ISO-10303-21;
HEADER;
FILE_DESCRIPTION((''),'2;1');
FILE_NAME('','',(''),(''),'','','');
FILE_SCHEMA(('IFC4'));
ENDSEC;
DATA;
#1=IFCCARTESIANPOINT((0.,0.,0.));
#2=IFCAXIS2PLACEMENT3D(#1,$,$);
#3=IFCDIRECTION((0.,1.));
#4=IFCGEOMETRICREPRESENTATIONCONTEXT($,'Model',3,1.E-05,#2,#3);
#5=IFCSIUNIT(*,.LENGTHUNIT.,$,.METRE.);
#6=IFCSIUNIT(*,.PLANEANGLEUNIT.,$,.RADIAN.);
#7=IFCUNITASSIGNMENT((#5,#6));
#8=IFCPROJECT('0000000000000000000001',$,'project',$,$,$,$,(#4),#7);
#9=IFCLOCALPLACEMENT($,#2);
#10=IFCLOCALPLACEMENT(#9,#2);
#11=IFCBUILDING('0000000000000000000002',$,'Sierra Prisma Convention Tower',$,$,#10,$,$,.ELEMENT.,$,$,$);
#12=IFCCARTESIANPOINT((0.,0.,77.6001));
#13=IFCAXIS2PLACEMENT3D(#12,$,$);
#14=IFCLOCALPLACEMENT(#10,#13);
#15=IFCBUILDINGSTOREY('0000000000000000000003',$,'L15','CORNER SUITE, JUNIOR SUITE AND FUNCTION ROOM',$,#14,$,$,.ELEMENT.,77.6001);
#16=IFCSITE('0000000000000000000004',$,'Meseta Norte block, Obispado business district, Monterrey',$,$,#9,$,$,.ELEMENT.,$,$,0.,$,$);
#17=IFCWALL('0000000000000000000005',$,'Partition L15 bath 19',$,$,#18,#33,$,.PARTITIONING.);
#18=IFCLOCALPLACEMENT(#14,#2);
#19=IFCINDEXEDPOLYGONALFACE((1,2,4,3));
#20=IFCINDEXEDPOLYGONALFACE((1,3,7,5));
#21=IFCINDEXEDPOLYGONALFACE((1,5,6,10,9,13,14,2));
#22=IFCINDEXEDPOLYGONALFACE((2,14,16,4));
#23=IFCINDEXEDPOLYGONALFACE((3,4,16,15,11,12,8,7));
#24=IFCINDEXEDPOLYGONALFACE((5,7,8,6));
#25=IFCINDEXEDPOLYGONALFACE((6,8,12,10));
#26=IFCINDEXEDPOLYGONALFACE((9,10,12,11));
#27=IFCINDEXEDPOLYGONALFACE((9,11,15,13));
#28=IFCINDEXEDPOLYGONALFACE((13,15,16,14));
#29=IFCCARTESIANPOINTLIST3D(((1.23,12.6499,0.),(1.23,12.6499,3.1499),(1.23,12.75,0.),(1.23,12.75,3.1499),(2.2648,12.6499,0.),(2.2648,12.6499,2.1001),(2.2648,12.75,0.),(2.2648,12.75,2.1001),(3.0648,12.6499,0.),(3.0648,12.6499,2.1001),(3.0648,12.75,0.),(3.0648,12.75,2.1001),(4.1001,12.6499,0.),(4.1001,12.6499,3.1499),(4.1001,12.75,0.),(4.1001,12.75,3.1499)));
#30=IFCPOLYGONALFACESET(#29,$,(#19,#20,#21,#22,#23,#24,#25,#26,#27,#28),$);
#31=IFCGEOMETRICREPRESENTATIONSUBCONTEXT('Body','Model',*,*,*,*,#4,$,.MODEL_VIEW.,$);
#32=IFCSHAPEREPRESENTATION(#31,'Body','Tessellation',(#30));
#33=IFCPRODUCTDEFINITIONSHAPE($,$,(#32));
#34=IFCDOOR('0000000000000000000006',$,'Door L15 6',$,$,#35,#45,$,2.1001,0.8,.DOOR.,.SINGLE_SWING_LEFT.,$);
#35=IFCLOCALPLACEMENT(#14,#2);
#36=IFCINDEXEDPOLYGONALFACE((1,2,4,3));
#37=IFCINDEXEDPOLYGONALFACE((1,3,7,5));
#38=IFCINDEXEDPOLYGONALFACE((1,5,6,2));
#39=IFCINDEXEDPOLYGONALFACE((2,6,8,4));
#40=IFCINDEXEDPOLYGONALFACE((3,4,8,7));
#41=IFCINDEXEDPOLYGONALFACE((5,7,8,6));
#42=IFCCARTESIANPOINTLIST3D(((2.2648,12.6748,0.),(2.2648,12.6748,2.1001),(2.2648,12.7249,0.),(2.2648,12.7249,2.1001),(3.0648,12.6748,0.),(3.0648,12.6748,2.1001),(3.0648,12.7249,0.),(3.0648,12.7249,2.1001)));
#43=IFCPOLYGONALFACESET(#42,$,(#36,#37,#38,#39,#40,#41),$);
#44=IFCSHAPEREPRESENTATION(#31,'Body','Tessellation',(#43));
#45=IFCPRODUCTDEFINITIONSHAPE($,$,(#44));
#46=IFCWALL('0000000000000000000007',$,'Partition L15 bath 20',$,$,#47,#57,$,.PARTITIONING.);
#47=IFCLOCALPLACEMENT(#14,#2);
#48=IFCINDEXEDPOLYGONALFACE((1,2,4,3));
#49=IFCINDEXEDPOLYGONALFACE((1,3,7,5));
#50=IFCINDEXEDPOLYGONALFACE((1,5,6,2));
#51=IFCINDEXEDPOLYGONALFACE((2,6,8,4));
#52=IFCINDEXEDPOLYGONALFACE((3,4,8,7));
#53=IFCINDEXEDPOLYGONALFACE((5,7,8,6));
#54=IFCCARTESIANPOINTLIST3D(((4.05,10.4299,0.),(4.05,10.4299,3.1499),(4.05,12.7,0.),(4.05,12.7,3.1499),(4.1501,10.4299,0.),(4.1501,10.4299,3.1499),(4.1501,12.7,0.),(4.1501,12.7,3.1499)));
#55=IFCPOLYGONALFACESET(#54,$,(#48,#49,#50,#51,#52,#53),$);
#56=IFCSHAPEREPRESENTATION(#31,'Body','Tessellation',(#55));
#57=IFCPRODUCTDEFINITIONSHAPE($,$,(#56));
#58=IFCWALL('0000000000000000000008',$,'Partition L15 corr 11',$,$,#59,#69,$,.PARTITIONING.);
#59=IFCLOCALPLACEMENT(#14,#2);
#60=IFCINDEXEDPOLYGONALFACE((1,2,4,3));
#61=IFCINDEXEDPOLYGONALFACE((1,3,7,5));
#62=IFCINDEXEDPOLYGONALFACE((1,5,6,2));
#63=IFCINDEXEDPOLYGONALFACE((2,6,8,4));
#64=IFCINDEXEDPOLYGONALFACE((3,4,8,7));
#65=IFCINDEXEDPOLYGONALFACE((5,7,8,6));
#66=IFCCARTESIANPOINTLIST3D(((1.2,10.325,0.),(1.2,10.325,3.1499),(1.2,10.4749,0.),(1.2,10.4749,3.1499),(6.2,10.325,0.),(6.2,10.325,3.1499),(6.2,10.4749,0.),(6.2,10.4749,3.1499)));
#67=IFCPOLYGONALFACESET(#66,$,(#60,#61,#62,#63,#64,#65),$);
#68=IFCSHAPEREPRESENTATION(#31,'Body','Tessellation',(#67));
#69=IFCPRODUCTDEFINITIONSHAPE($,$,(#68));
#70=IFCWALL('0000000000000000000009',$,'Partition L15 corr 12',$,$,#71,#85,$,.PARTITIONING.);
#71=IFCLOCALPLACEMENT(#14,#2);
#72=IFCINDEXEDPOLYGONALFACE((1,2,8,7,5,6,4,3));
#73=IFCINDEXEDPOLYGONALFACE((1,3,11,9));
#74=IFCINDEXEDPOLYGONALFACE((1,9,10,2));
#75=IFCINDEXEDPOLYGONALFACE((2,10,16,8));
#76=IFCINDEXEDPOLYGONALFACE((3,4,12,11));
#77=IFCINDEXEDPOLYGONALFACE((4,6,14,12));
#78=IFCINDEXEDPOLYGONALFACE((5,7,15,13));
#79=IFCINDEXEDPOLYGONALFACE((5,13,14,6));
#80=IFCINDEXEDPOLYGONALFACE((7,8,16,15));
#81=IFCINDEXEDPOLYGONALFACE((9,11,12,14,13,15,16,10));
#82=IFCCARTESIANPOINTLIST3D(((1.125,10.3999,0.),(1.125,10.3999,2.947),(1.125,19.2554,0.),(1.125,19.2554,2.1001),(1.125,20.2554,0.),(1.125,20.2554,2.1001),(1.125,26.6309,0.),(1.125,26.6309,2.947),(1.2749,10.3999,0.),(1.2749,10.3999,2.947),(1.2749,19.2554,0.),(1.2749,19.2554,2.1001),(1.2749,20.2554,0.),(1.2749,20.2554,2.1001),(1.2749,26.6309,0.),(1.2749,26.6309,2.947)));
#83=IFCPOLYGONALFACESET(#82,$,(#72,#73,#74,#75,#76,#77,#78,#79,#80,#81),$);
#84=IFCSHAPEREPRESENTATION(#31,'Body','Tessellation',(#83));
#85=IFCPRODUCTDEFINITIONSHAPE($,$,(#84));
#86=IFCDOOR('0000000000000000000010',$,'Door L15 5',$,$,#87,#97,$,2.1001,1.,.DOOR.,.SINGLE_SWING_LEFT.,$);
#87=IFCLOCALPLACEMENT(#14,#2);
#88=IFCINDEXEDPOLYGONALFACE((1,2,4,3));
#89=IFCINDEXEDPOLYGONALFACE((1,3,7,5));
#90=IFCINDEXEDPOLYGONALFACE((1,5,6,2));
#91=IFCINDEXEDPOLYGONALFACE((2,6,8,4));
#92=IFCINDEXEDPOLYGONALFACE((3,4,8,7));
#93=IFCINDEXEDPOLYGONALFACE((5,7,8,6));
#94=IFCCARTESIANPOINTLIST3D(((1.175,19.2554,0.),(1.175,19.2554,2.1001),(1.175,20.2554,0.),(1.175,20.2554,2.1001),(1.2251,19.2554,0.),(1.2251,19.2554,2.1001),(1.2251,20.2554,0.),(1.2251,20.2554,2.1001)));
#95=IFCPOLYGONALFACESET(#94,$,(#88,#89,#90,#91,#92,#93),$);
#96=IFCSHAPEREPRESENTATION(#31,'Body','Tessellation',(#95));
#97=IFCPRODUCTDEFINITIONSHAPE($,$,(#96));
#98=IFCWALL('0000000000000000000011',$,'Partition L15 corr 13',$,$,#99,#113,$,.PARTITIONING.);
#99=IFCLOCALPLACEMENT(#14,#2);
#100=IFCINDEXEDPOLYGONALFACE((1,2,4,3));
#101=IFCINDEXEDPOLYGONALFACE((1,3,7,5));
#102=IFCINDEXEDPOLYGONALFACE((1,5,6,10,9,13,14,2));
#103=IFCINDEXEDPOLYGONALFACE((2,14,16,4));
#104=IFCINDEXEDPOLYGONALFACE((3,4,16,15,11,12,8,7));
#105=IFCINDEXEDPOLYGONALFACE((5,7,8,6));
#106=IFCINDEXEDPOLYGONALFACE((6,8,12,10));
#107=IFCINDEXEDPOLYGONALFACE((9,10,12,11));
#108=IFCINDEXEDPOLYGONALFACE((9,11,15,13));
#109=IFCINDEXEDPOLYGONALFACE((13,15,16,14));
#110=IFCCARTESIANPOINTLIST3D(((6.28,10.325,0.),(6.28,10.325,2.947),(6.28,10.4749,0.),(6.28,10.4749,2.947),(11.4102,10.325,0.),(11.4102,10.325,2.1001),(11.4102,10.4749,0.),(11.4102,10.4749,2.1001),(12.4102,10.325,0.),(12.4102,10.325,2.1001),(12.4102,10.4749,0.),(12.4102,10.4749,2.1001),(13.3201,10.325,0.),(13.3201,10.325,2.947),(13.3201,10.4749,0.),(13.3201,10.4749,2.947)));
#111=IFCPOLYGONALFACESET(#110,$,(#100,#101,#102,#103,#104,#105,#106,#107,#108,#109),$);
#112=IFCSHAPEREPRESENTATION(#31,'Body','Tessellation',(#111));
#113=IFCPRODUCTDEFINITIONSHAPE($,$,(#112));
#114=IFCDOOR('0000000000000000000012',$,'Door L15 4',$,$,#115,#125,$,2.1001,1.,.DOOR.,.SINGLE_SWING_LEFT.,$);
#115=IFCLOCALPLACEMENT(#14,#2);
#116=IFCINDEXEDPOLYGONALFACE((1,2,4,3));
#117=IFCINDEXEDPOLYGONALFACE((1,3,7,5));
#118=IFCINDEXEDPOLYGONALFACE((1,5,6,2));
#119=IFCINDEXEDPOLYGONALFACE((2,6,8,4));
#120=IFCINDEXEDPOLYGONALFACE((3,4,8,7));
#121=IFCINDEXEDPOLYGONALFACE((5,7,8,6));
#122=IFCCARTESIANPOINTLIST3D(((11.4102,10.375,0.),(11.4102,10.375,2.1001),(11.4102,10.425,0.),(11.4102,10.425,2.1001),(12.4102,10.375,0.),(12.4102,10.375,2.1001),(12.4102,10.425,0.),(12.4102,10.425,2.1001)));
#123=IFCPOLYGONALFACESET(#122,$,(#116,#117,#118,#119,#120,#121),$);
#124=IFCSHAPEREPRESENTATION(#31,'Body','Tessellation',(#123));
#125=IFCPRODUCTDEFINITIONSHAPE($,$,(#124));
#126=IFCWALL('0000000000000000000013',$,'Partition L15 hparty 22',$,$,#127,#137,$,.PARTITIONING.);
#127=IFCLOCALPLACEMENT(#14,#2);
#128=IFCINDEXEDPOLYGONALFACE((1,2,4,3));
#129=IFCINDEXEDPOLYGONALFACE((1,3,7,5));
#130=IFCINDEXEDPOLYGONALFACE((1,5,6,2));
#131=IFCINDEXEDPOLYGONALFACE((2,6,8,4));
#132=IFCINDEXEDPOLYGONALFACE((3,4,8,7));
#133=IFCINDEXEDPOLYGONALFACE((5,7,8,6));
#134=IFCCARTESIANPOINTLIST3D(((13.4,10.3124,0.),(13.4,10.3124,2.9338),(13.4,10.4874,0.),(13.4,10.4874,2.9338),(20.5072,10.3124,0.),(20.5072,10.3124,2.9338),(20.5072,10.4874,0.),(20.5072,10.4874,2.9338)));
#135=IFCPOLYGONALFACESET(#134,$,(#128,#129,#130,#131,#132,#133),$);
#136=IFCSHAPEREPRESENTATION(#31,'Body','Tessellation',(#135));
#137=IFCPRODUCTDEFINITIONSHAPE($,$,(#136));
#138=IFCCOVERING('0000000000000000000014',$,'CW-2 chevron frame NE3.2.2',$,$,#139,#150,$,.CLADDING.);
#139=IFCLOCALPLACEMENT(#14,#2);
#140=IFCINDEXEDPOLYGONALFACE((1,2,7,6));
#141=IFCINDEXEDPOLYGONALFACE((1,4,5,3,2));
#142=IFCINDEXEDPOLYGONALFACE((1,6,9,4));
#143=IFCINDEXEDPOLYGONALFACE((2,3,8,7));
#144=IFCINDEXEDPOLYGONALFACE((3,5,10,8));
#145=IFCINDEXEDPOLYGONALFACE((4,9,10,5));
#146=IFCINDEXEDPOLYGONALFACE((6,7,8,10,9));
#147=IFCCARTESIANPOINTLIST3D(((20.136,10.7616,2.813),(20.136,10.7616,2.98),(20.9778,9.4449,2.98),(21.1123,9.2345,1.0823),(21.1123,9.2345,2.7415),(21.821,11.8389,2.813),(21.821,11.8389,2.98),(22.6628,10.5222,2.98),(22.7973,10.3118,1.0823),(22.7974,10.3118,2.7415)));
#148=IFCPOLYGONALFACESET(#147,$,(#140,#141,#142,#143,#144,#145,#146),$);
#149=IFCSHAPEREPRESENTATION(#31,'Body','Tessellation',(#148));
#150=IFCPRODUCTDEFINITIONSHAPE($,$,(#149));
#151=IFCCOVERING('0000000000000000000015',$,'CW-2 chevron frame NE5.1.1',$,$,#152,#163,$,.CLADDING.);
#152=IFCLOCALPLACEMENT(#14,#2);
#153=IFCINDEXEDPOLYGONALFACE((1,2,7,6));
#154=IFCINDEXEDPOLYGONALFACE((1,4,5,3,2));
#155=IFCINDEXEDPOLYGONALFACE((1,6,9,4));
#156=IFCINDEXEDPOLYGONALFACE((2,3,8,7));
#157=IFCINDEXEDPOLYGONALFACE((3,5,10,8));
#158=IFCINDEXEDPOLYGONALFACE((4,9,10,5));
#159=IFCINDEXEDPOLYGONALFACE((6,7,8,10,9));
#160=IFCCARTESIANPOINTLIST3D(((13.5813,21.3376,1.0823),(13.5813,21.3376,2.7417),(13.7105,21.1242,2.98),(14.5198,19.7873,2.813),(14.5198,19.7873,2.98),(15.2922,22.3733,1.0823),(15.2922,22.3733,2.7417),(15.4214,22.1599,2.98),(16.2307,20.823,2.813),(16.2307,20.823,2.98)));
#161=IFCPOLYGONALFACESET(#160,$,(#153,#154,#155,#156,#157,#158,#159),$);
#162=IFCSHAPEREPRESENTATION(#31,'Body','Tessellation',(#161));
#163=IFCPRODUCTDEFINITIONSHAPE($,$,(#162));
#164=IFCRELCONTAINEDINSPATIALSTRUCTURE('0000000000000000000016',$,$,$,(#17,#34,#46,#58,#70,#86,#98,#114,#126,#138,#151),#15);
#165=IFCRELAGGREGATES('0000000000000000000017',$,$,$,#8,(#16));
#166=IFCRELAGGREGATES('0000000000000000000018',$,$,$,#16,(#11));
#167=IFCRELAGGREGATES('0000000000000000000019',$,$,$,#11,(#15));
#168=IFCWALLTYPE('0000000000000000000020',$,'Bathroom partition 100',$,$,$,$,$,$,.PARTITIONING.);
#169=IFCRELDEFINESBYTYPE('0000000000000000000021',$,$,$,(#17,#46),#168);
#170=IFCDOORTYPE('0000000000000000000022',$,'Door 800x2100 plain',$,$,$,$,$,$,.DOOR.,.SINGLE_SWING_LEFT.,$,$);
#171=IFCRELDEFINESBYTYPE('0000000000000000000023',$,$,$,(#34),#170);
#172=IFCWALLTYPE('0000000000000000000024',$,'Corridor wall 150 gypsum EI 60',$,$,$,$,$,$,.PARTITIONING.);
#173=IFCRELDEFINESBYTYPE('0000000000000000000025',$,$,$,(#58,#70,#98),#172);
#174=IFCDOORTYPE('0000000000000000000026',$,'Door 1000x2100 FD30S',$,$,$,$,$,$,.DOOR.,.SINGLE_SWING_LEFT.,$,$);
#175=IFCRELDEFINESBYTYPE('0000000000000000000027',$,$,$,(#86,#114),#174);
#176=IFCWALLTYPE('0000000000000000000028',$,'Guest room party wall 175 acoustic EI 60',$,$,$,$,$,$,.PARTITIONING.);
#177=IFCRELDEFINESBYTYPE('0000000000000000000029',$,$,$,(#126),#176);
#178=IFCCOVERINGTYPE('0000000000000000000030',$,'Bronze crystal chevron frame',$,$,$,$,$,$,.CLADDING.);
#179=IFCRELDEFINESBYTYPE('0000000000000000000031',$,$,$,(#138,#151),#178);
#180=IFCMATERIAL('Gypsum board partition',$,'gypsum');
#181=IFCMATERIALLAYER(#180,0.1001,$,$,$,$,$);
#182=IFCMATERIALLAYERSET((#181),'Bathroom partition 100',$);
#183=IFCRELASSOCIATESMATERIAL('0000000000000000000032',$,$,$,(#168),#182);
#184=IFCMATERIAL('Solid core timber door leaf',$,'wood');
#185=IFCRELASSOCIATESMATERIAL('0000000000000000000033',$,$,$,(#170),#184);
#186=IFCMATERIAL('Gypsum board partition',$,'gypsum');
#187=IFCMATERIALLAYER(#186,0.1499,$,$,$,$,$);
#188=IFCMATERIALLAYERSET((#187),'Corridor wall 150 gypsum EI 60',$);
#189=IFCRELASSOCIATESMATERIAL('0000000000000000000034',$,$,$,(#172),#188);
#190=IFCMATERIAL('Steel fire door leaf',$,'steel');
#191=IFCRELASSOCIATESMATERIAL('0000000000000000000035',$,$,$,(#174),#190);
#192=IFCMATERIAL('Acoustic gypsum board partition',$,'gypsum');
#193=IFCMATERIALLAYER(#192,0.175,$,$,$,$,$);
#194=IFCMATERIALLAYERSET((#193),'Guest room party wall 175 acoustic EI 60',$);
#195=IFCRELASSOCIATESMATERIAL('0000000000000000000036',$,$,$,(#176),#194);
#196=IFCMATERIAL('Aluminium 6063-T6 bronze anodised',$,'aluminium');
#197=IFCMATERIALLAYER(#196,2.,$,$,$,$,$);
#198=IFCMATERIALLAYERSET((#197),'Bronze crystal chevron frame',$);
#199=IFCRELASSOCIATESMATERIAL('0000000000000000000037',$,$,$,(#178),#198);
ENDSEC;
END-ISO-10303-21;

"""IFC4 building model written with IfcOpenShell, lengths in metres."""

from ifc_helpers import new_model, si_unit, direction, frame, frame_2d, origin, place, context, subcontext, project, spatial, polyline, rectangle, outline, extrude, material, layer, layer_set, type_object, element, fill, save


model = new_model("IFC4")

# Units and contexts
model_context = context("Model", 3, precision=1e-05, world=origin(), true_north=direction((0.0, 1.0)))
body_context = subcontext(model_context, "Body", "Model", "MODEL_VIEW")
ifc_project = project(units=[si_unit("LENGTHUNIT", "METRE"), si_unit("PLANEANGLEUNIT", "RADIAN")], contexts=[model_context])

# Site, building, storey
site_placement = place(None, origin())
site = spatial("IfcSite", under=ifc_project, at=site_placement, Name="Meseta Norte block, Obispado business district, Monterrey", CompositionType="ELEMENT", RefElevation=0.0)
building_placement = place(site_placement, origin())
building = spatial("IfcBuilding", under=site, at=building_placement, Name="Sierra Prisma Convention Tower", CompositionType="ELEMENT")
storey_placement = place(building_placement, frame((0.0, 0.0, 77.6001)))
storey = spatial("IfcBuildingStorey", under=building, at=storey_placement, Name="L15", Description="CORNER SUITE, JUNIOR SUITE AND FUNCTION ROOM", CompositionType="ELEMENT", Elevation=77.6001)

# Wall, opening, door
ifc_material_1 = material(Name="Gypsum board partition", Category="gypsum")
ifc_layer_1 = layer(ifc_material_1, 0.1001)
ifc_layer_set_1 = layer_set([ifc_layer_1], Name="Bathroom partition 100")
wall_type_1 = type_object("IfcWallType", Name="Bathroom partition 100", PredefinedType="PARTITIONING", material=ifc_layer_set_1)
wall_1_placement = place(storey_placement, frame((1.23, 12.7, 0.0), z_axis=(0.0, 0.0, 1.0), x_axis=(1.0, 0.0, 0.0)))
wall_1 = element("IfcWall", 1, at=wall_1_placement, inside=storey, type_object=wall_type_1, Name="Partition L15 bath 19", PredefinedType="PARTITIONING", context=body_context, shape_type="SweptSolid", body=[
    extrude(rectangle(XDim=2.8701, YDim=0.1001, at=frame_2d((1.4351, 0.0))), origin(), (0.0, 0.0, 1.0), 3.1499),
])
opening_1_placement = place(wall_1_placement, frame((1.0349, 0.0, 0.0)))
opening_1 = element("IfcOpeningElement", 2, at=opening_1_placement, cuts=wall_1, PredefinedType="OPENING", context=body_context, shape_type="SweptSolid", body=[
    extrude(rectangle(XDim=0.8, YDim=2.1001, at=frame_2d((0.3999, 1.05))), frame((0.0, 0.05, 0.0), z_axis=(0.0, -1.0, 0.0), x_axis=(1.0, 0.0, 0.0)), (0.0, 0.0, 1.0), 0.1001),
])
ifc_material_2 = material(Name="Solid core timber door leaf", Category="wood")
door_type_1 = type_object("IfcDoorType", Name="Door 800x2100 plain", OperationType="SINGLE_SWING_LEFT", PredefinedType="DOOR", material=ifc_material_2)
door_1_placement = place(opening_1_placement, origin())
door_1 = element("IfcDoor", 3, at=door_1_placement, inside=storey, type_object=door_type_1, Name="Door L15 6", OperationType="SINGLE_SWING_LEFT", OverallHeight=2.1001, OverallWidth=0.8, PredefinedType="DOOR", context=body_context, shape_type="SweptSolid", body=[
    extrude(rectangle(XDim=0.8, YDim=2.1001, at=frame_2d((0.3999, 1.05))), frame((0.0, 0.0249, 0.0), z_axis=(0.0, -1.0, 0.0), x_axis=(1.0, 0.0, 0.0)), (0.0, 0.0, 1.0), 0.05),
])
fill(opening_1, door_1)

# Walls
wall_2_placement = place(storey_placement, frame((4.1001, 12.7, 0.0), z_axis=(0.0, 0.0, 1.0), x_axis=(0.0, -1.0, 0.0)))
element("IfcWall", 4, at=wall_2_placement, inside=storey, type_object=wall_type_1, Name="Partition L15 bath 20", PredefinedType="PARTITIONING", context=body_context, shape_type="SweptSolid", body=[
    extrude(rectangle(XDim=2.27, YDim=0.1001, at=frame_2d((1.135, 0.0))), origin(), (0.0, 0.0, 1.0), 3.1499),
])
ifc_material_3 = material(Name="Gypsum board partition", Category="gypsum")
ifc_layer_2 = layer(ifc_material_3, 0.1499)
ifc_layer_set_2 = layer_set([ifc_layer_2], Name="Corridor wall 150 gypsum EI 60")
wall_type_2 = type_object("IfcWallType", Name="Corridor wall 150 gypsum EI 60", PredefinedType="PARTITIONING", material=ifc_layer_set_2)
wall_3_placement = place(storey_placement, frame((6.2, 10.3999, 0.0), z_axis=(0.0, 0.0, 1.0), x_axis=(-1.0, 0.0, 0.0)))
element("IfcWall", 5, at=wall_3_placement, inside=storey, type_object=wall_type_2, Name="Partition L15 corr 11", PredefinedType="PARTITIONING", context=body_context, shape_type="SweptSolid", body=[
    extrude(rectangle(XDim=5.0, YDim=0.1499, at=frame_2d((2.5, 0.0))), origin(), (0.0, 0.0, 1.0), 3.1499),
])

# Walls, openings, doors
wall_4_placement = place(storey_placement, frame((1.2, 10.3999, 0.0), z_axis=(0.0, 0.0, 1.0), x_axis=(0.0, 1.0, 0.0)))
wall_4 = element("IfcWall", 6, at=wall_4_placement, inside=storey, type_object=wall_type_2, Name="Partition L15 corr 12", PredefinedType="PARTITIONING", context=body_context, shape_type="SweptSolid", body=[
    extrude(rectangle(XDim=16.231, YDim=0.1499, at=frame_2d((8.1155, 0.0))), origin(), (0.0, 0.0, 1.0), 2.947),
])
opening_2_placement = place(wall_4_placement, frame((8.8555, 0.0, 0.0)))
opening_2 = element("IfcOpeningElement", 7, at=opening_2_placement, cuts=wall_4, PredefinedType="OPENING", context=body_context, shape_type="SweptSolid", body=[
    extrude(rectangle(XDim=1.0, YDim=2.1001, at=frame_2d((0.5, 1.05))), frame((0.0, 0.075, 0.0), z_axis=(0.0, -1.0, 0.0), x_axis=(1.0, 0.0, 0.0)), (0.0, 0.0, 1.0), 0.1499),
])
ifc_material_4 = material(Name="Steel fire door leaf", Category="steel")
door_type_2 = type_object("IfcDoorType", Name="Door 1000x2100 FD30S", OperationType="SINGLE_SWING_LEFT", PredefinedType="DOOR", material=ifc_material_4)
door_2_placement = place(opening_2_placement, origin())
door_2 = element("IfcDoor", 8, at=door_2_placement, inside=storey, type_object=door_type_2, Name="Door L15 5", OperationType="SINGLE_SWING_LEFT", OverallHeight=2.1001, OverallWidth=1.0, PredefinedType="DOOR", context=body_context, shape_type="SweptSolid", body=[
    extrude(rectangle(XDim=1.0, YDim=2.1001, at=frame_2d((0.5, 1.05))), frame((0.0, 0.0249, 0.0), z_axis=(0.0, -1.0, 0.0), x_axis=(1.0, 0.0, 0.0)), (0.0, 0.0, 1.0), 0.05),
])
fill(opening_2, door_2)
wall_5_placement = place(storey_placement, frame((13.3201, 10.3999, 0.0), z_axis=(0.0, 0.0, 1.0), x_axis=(-1.0, 0.0, 0.0)))
wall_5 = element("IfcWall", 9, at=wall_5_placement, inside=storey, type_object=wall_type_2, Name="Partition L15 corr 13", PredefinedType="PARTITIONING", context=body_context, shape_type="SweptSolid", body=[
    extrude(rectangle(XDim=7.04, YDim=0.1499, at=frame_2d((3.52, 0.0))), origin(), (0.0, 0.0, 1.0), 2.947),
])
opening_3_placement = place(wall_5_placement, frame((0.9099, 0.0, 0.0)))
opening_3 = element("IfcOpeningElement", 10, at=opening_3_placement, cuts=wall_5, PredefinedType="OPENING", context=body_context, shape_type="SweptSolid", body=[
    extrude(rectangle(XDim=1.0, YDim=2.1001, at=frame_2d((0.5, 1.05))), frame((0.0, 0.075, 0.0), z_axis=(0.0, -1.0, 0.0), x_axis=(1.0, 0.0, 0.0)), (0.0, 0.0, 1.0), 0.1499),
])
door_3_placement = place(opening_3_placement, origin())
door_3 = element("IfcDoor", 11, at=door_3_placement, inside=storey, type_object=door_type_2, Name="Door L15 4", OperationType="SINGLE_SWING_LEFT", OverallHeight=2.1001, OverallWidth=1.0, PredefinedType="DOOR", context=body_context, shape_type="SweptSolid", body=[
    extrude(rectangle(XDim=1.0, YDim=2.1001, at=frame_2d((0.5, 1.05))), frame((0.0, 0.0249, 0.0), z_axis=(0.0, -1.0, 0.0), x_axis=(1.0, 0.0, 0.0)), (0.0, 0.0, 1.0), 0.05),
])
fill(opening_3, door_3)

# Wall
ifc_material_5 = material(Name="Acoustic gypsum board partition", Category="gypsum")
ifc_layer_3 = layer(ifc_material_5, 0.175)
ifc_layer_set_3 = layer_set([ifc_layer_3], Name="Guest room party wall 175 acoustic EI 60")
wall_type_3 = type_object("IfcWallType", Name="Guest room party wall 175 acoustic EI 60", PredefinedType="PARTITIONING", material=ifc_layer_set_3)
wall_6_placement = place(storey_placement, frame((13.3999, 10.3999, 0.0), z_axis=(0.0, 0.0, 1.0), x_axis=(1.0, 0.0, 0.0)))
element("IfcWall", 12, at=wall_6_placement, inside=storey, type_object=wall_type_3, Name="Partition L15 hparty 22", PredefinedType="PARTITIONING", context=body_context, shape_type="SweptSolid", body=[
    extrude(rectangle(XDim=7.1072, YDim=0.175, at=frame_2d((3.5537, 0.0))), origin(), (0.0, 0.0, 1.0), 2.9338),
])

# Coverings
ifc_material_6 = material(Name="Aluminium 6063-T6 bronze anodised", Category="aluminium")
ifc_layer_4 = layer(ifc_material_6, 2.0)
ifc_layer_set_4 = layer_set([ifc_layer_4], Name="Bronze crystal chevron frame")
covering_type = type_object("IfcCoveringType", Name="Bronze crystal chevron frame", PredefinedType="CLADDING", material=ifc_layer_set_4)
covering_1_placement = place(storey_placement, frame((21.821, 11.8389, 2.98), z_axis=(0.842527, 0.538653, -0.00001), x_axis=(0.538653, -0.842527, 0.0)))
element("IfcCovering", 13, at=covering_1_placement, inside=storey, type_object=covering_type, Name="CW-2 chevron frame NE3.2.2", PredefinedType="CLADDING", context=body_context, shape_type="SweptSolid", body=[
    extrude(outline(polyline([(0.0, 0.0), (1.5628, 0.0), (1.8125, 0.2385), (1.8125, 1.8977), (0.0, 0.167), (0.0, 0.0)])), origin(), (0.0, 0.0, -1.0), 2.0),
])
covering_2_placement = place(storey_placement, frame((16.2307, 20.823, 2.98), z_axis=(0.855465, 0.517861, 0.000008), x_axis=(0.000007, 0.000004, -1.0)))
element("IfcCovering", 14, at=covering_2_placement, inside=storey, type_object=covering_type, Name="CW-2 chevron frame NE5.1.1", PredefinedType="CLADDING", context=body_context, shape_type="SweptSolid", body=[
    extrude(outline(polyline([(0.0, 0.0), (0.167, 0.0), (1.8977, 1.8122), (0.2383, 1.8122), (0.0, 1.5628), (0.0, 0.0)])), origin(), (0.0, 0.0, -1.0), 2.0),
])

save(model, "model.ifc")
